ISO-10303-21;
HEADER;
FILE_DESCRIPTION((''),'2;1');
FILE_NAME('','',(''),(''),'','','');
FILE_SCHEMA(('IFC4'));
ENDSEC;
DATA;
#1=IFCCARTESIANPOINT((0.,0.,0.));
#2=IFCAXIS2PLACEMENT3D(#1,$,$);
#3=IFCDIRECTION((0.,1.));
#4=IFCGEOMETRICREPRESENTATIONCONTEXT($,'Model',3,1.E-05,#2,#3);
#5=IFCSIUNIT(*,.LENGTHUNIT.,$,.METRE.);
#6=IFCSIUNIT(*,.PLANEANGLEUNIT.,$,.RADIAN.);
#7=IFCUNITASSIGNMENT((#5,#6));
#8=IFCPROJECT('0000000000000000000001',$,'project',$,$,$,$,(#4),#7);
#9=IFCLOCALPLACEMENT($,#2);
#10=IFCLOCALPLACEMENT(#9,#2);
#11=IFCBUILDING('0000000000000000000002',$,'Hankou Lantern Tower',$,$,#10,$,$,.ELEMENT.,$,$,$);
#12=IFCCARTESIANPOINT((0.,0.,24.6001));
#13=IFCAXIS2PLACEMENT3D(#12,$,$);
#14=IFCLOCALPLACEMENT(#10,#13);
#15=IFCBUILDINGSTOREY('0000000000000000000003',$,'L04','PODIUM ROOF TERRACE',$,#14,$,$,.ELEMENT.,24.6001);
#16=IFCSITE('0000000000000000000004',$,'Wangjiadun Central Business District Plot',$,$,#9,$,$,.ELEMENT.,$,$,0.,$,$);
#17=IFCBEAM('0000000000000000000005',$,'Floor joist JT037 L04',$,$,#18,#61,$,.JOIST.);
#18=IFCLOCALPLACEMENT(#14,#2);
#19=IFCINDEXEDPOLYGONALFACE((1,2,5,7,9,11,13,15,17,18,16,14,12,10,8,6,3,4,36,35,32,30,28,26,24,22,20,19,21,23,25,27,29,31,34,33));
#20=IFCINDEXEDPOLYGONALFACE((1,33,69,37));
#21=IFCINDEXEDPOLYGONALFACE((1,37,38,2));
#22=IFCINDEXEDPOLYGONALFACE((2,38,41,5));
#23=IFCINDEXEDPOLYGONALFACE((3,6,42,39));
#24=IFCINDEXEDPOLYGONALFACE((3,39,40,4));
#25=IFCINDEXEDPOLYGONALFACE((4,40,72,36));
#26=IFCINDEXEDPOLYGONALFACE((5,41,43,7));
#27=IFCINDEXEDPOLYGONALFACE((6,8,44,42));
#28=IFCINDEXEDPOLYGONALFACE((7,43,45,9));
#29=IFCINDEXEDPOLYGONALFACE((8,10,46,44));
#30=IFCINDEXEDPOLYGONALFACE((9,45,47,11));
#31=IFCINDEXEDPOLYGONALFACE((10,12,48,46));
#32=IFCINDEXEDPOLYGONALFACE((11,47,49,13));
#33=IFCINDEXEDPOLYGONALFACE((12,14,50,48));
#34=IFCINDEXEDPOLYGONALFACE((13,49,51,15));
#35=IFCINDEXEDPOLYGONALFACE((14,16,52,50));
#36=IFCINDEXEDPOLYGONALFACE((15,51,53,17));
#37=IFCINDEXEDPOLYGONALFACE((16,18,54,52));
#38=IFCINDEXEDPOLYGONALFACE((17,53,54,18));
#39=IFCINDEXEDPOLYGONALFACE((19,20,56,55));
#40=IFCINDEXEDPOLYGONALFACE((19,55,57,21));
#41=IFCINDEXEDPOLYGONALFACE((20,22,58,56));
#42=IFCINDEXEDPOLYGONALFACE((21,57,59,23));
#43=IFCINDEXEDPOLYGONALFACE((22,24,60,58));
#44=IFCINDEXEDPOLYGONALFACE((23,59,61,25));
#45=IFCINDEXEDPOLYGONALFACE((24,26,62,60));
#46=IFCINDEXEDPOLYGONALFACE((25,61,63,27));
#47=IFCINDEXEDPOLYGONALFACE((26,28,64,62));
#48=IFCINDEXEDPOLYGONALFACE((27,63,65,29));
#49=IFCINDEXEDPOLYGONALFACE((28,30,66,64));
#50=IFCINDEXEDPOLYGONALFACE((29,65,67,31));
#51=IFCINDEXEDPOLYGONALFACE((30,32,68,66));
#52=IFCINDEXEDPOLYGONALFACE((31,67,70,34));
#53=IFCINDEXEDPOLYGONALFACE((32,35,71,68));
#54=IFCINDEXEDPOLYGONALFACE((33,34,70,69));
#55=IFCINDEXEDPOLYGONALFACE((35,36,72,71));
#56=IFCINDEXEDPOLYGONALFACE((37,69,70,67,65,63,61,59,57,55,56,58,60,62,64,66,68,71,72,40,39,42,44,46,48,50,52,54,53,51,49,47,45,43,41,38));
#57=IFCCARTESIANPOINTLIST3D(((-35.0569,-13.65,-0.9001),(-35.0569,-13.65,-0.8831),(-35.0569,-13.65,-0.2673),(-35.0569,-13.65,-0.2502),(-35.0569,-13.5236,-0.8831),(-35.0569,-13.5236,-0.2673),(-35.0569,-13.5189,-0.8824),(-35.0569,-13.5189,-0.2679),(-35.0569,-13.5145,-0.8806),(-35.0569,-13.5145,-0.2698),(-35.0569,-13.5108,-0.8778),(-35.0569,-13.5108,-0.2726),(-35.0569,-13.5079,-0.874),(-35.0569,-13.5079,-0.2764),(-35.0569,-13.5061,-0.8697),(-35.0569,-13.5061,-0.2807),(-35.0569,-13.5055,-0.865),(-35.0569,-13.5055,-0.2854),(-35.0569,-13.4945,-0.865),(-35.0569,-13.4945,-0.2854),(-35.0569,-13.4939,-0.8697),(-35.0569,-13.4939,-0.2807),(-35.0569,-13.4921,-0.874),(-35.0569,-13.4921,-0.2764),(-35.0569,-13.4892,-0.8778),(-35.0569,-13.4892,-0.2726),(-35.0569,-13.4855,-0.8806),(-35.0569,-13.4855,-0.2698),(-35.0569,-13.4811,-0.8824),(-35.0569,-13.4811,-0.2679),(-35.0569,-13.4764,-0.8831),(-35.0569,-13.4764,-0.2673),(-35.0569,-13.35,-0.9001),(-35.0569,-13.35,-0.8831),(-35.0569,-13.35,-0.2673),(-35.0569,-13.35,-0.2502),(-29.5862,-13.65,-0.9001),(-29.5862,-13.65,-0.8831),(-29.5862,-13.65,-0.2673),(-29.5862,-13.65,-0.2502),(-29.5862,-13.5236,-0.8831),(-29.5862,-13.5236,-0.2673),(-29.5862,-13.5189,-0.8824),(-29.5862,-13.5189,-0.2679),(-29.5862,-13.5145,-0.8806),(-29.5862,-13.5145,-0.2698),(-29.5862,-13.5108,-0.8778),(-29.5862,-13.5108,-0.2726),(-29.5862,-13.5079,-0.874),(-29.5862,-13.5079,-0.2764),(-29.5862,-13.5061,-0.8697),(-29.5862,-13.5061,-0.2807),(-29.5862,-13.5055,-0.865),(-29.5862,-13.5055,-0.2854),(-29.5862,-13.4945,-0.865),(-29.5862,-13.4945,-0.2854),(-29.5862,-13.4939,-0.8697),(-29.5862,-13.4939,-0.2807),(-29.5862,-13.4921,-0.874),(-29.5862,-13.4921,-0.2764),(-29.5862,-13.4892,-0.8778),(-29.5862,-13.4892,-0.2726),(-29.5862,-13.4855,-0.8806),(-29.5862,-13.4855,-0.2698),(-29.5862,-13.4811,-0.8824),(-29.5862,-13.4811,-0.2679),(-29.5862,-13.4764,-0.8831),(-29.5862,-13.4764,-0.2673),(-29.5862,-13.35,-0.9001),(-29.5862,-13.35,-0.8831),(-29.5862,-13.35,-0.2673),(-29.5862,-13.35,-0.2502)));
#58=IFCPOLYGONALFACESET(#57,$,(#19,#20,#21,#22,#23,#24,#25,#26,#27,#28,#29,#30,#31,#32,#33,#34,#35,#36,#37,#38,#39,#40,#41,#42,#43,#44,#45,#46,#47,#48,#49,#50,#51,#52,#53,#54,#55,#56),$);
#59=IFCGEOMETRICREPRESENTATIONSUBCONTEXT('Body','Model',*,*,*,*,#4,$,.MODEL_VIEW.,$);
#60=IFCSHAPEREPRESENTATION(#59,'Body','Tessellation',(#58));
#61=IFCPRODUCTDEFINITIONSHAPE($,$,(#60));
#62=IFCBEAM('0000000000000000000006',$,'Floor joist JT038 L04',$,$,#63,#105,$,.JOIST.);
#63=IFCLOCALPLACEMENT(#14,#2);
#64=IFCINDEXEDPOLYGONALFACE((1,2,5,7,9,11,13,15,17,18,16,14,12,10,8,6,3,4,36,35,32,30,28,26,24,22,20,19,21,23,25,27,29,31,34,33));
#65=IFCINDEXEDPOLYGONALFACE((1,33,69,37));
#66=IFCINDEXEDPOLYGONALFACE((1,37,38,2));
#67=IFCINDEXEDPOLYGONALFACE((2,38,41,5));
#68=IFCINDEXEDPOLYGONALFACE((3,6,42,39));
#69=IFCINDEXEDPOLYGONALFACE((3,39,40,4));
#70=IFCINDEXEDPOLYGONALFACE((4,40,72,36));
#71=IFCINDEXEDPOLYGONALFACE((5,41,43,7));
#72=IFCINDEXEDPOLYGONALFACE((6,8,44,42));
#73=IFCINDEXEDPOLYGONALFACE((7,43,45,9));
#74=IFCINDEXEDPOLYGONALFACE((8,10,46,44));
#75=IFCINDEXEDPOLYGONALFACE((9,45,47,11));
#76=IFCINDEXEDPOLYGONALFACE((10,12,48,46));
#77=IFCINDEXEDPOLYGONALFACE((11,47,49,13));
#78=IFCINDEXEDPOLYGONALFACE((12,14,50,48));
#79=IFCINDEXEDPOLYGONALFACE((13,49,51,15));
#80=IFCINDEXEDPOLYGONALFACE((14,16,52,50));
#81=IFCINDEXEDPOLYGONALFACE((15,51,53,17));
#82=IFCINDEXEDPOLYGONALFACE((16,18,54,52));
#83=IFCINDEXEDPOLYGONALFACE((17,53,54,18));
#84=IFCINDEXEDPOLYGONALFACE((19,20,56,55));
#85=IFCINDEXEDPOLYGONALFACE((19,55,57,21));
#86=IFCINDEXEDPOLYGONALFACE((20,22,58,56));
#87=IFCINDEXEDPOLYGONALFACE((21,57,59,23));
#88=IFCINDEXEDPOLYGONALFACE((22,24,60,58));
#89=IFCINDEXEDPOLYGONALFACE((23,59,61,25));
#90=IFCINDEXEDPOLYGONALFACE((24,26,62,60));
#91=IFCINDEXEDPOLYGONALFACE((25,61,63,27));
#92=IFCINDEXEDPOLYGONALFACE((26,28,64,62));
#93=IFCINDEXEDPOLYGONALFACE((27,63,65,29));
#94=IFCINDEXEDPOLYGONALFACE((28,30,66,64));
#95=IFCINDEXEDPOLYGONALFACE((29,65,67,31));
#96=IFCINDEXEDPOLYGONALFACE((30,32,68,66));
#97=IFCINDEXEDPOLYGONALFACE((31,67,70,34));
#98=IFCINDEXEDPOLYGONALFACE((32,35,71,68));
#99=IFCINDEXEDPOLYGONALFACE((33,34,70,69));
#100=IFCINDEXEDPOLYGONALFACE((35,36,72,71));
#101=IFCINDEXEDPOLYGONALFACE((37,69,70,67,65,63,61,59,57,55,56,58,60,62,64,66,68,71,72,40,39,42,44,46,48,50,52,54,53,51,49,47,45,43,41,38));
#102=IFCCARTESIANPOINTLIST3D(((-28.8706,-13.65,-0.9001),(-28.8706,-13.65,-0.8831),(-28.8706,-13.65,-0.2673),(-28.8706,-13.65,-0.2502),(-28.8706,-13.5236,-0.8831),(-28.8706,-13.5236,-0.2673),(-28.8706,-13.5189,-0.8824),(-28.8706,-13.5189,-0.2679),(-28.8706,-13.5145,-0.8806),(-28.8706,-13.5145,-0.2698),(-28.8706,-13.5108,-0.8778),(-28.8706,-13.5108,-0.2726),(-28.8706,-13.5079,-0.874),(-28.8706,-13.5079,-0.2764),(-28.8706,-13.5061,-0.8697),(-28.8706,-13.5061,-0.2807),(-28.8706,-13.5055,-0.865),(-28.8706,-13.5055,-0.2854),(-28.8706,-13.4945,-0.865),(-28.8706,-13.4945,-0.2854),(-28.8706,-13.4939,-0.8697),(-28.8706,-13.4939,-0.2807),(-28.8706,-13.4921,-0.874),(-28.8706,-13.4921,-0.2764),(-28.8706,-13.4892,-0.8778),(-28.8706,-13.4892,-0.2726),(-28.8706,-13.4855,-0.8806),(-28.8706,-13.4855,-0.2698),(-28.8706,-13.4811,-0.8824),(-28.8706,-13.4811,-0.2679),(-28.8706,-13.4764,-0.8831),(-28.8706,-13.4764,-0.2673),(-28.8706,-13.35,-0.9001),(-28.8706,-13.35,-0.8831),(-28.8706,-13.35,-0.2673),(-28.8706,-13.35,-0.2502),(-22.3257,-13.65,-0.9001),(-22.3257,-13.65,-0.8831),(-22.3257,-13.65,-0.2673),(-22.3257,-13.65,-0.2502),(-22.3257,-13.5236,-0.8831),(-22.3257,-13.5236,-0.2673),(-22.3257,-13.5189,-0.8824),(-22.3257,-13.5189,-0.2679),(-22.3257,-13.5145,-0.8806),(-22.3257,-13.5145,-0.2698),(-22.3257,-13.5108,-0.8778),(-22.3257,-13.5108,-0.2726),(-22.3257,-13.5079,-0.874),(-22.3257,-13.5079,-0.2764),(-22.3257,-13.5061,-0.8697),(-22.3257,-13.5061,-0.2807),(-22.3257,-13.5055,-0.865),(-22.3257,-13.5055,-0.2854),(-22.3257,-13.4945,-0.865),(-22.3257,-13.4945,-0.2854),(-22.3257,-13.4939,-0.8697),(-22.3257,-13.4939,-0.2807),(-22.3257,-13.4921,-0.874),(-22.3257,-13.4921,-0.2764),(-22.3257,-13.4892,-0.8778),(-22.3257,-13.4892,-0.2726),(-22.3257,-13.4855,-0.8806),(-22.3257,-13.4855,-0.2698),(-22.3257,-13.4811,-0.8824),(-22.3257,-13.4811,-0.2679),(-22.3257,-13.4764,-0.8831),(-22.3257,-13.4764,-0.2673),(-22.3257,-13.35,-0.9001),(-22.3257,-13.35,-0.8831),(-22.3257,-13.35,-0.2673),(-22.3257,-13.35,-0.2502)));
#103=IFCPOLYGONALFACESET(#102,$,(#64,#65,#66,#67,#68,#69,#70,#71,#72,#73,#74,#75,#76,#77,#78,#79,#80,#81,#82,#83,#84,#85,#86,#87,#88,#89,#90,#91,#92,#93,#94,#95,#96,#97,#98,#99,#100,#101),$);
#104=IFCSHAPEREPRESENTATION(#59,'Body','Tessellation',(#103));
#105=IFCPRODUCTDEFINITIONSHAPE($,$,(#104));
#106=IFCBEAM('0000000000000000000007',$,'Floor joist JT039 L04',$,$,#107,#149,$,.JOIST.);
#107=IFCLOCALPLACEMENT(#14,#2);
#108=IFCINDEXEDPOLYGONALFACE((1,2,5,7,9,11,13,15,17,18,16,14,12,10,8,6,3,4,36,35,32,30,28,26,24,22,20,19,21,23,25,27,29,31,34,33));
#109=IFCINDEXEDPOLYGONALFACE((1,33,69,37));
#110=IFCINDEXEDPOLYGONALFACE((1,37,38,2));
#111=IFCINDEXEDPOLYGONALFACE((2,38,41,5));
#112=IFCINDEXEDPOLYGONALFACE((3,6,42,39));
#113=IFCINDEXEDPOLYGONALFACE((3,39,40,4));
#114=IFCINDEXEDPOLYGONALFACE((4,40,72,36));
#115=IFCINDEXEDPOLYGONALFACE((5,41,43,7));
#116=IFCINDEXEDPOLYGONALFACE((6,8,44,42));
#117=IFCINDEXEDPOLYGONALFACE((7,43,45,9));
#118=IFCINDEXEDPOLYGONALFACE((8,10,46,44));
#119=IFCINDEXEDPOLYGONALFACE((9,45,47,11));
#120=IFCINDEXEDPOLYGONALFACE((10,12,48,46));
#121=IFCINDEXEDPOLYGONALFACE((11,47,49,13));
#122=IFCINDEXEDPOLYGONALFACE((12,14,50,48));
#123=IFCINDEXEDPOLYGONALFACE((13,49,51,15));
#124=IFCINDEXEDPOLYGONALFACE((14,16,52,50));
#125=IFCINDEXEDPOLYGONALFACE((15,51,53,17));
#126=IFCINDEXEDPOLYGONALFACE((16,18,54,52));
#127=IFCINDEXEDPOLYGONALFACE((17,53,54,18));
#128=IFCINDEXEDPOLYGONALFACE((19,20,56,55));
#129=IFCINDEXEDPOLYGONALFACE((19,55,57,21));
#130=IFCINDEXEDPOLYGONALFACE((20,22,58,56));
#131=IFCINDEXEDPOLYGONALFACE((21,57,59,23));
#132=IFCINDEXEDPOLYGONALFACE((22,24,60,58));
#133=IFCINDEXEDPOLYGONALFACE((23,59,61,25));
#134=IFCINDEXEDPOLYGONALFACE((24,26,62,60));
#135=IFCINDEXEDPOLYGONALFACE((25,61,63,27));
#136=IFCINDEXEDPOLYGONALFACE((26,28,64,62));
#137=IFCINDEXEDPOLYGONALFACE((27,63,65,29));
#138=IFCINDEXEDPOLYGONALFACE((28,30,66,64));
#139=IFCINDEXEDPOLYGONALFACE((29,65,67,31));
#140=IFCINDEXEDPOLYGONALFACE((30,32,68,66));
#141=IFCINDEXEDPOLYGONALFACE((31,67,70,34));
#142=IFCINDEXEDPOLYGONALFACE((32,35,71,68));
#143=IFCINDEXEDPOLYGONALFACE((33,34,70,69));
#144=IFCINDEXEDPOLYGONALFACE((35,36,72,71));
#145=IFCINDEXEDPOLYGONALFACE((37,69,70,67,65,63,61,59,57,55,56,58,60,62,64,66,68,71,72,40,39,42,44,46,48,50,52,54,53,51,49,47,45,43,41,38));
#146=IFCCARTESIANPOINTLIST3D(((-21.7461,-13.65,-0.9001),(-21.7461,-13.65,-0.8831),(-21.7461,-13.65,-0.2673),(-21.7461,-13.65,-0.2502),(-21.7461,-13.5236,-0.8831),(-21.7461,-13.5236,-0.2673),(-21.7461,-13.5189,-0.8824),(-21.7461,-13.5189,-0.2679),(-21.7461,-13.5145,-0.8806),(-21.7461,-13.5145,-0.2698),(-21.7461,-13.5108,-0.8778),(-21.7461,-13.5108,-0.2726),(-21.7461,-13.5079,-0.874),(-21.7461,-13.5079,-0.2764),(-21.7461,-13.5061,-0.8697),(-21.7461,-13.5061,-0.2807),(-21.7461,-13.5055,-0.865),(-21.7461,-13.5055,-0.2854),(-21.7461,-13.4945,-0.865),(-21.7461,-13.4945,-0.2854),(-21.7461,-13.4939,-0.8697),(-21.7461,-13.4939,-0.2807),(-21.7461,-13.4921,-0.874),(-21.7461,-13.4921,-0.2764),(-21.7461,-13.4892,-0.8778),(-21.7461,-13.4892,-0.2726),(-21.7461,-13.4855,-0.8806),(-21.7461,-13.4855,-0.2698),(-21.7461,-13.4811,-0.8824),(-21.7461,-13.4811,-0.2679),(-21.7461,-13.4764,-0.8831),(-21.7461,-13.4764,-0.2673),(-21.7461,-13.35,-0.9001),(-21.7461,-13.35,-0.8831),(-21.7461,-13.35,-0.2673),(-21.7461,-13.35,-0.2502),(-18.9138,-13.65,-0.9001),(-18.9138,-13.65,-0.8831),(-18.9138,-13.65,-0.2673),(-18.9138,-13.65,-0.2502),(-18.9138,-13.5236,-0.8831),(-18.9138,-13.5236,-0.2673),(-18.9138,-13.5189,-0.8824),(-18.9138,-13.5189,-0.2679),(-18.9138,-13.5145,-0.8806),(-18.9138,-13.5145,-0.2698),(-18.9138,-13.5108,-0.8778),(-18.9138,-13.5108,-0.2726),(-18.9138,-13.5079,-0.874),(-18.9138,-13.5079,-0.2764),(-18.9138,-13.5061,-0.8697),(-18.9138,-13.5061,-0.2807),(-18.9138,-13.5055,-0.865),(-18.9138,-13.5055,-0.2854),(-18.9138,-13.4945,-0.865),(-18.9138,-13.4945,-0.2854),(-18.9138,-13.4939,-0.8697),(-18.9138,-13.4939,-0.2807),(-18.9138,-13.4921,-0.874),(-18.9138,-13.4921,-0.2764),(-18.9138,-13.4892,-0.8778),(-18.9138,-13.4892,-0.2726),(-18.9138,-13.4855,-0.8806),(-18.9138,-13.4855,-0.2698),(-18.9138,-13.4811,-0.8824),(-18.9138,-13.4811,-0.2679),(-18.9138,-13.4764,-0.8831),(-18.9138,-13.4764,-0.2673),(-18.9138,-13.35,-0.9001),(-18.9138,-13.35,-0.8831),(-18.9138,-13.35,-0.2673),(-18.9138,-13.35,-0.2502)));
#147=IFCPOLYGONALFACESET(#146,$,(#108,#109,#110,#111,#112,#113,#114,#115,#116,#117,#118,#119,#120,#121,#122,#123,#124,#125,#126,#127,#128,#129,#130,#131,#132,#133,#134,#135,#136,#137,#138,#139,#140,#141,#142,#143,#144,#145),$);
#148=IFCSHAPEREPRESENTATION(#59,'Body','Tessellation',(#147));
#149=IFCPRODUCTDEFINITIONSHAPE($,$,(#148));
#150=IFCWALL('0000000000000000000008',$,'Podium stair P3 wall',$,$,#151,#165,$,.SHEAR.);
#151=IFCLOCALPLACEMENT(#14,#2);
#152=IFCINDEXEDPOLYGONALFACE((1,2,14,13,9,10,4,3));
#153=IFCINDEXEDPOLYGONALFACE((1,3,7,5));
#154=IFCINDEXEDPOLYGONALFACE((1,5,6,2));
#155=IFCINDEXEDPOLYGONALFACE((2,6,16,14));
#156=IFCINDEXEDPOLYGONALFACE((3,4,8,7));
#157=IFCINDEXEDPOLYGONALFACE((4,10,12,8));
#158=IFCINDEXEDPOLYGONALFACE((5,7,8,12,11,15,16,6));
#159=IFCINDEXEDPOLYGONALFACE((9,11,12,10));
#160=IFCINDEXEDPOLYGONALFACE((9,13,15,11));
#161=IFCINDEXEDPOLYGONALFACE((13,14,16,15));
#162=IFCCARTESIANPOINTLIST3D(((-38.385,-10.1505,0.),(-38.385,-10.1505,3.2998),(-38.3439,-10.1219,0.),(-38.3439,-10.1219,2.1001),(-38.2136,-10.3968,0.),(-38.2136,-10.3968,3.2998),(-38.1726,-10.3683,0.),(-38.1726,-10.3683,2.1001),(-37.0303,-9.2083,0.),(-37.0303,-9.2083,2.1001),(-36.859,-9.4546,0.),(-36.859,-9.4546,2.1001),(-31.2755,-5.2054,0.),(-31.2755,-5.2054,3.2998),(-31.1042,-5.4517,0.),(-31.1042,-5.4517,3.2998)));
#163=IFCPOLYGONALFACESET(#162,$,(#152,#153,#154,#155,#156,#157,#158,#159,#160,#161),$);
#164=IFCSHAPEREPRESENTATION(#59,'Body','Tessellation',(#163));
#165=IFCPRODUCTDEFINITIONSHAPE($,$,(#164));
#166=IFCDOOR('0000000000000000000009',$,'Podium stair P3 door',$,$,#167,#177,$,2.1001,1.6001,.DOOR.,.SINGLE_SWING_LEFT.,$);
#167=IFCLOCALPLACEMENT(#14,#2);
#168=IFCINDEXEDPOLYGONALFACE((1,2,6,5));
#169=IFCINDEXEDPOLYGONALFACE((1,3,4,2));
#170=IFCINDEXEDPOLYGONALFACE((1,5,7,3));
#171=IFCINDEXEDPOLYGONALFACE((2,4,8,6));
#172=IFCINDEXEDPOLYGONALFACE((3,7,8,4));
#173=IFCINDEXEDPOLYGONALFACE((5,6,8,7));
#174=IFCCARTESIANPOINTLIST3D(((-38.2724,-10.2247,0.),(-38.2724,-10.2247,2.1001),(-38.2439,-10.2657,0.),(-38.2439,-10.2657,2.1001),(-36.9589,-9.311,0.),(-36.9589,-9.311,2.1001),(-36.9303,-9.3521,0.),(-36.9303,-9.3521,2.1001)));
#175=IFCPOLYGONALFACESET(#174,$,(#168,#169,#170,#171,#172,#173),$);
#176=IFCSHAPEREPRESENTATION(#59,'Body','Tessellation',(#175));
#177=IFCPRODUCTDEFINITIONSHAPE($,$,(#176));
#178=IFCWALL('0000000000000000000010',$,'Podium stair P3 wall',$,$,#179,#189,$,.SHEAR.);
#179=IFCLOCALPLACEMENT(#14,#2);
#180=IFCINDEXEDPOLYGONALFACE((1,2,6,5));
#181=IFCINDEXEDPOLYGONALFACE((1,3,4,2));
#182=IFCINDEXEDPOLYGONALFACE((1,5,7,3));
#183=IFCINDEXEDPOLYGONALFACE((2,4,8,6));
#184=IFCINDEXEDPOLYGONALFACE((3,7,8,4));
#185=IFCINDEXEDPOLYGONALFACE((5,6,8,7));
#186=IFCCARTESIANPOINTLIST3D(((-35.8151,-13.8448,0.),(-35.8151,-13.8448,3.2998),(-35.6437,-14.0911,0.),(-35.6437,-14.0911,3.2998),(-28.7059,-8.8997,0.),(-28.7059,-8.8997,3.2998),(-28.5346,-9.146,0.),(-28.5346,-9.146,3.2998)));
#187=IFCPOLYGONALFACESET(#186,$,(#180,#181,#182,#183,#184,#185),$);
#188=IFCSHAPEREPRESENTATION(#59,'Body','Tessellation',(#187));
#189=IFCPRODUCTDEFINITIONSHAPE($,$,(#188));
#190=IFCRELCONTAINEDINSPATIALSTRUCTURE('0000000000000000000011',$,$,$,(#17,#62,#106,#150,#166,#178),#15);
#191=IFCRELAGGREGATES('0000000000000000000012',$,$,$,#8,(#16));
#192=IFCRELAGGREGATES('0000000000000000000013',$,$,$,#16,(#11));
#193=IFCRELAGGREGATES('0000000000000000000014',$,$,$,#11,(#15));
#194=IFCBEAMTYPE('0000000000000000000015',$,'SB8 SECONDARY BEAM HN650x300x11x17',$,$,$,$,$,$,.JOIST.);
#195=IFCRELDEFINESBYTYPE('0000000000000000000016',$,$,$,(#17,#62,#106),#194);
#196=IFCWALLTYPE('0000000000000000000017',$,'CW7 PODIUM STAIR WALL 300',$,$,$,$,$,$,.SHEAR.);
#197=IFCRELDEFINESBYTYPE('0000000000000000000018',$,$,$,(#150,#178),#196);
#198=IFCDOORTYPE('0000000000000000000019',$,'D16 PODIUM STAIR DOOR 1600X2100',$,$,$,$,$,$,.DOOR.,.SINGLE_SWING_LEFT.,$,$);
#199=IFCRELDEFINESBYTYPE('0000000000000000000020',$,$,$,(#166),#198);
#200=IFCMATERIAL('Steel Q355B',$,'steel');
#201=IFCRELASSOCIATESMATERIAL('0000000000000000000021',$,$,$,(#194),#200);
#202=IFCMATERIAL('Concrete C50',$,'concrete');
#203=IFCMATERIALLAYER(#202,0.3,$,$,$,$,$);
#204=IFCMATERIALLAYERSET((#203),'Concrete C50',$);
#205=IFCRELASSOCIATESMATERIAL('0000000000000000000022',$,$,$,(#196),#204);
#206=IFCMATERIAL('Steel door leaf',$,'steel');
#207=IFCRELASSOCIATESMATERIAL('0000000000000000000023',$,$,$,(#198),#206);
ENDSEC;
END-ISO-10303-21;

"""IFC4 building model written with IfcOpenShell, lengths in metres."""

from ifc_helpers import new_model, si_unit, direction, frame, frame_2d, origin, origin_2d, place, context, subcontext, project, spatial, rectangle, i_section, extrude, material, layer, layer_set, material_profile, profile_set, type_object, element, fill, save


model = new_model("IFC4")

# Units and contexts
model_context = context("Model", 3, precision=1e-05, world=origin(), true_north=direction((0.0, 1.0)))
body_context = subcontext(model_context, "Body", "Model", "MODEL_VIEW")
ifc_project = project(units=[si_unit("LENGTHUNIT", "METRE"), si_unit("PLANEANGLEUNIT", "RADIAN")], contexts=[model_context])

# Site, building, storey
site_placement = place(None, origin())
site = spatial("IfcSite", under=ifc_project, at=site_placement, Name="Wangjiadun Central Business District Plot", CompositionType="ELEMENT", RefElevation=0.0)
building_placement = place(site_placement, origin())
building = spatial("IfcBuilding", under=site, at=building_placement, Name="Hankou Lantern Tower", CompositionType="ELEMENT")
storey_placement = place(building_placement, frame((0.0, 0.0, 24.6001)))
storey = spatial("IfcBuildingStorey", under=building, at=storey_placement, Name="L04", Description="PODIUM ROOF TERRACE", CompositionType="ELEMENT", Elevation=24.6001)

# Beams
ifc_material_1 = material(Name="Steel Q355B", Category="steel")
ifc_material_profile_1 = material_profile(ifc_material_1, i_section(OverallWidth=0.3, OverallDepth=0.6499, WebThickness=0.011, FlangeThickness=0.0171, FilletRadius=0.0181, at=origin_2d()), Name="HN650x300x11x17")
ifc_profile_set_1 = profile_set([ifc_material_profile_1], Name="Steel Q355B")
beam_type_1 = type_object("IfcBeamType", Name="SB8 SECONDARY BEAM HN650x300x11x17", PredefinedType="JOIST", material=ifc_profile_set_1)
beam_1_placement = place(storey_placement, frame((-35.0569, -13.5, -0.5752), z_axis=(1.0, 0.0, 0.0), x_axis=(0.0, 1.0, 0.0)))
element("IfcBeam", 1, at=beam_1_placement, inside=storey, type_object=beam_type_1, Name="Floor joist JT037 L04", PredefinedType="JOIST", context=body_context, shape_type="SweptSolid", body=[
    extrude(i_section(OverallWidth=0.3, OverallDepth=0.6499, WebThickness=0.011, FlangeThickness=0.0171, FilletRadius=0.0181, at=origin_2d()), origin(), (0.0, 0.0, 1.0), 5.4707),
])
beam_2_placement = place(storey_placement, frame((-28.8706, -13.5, -0.5752), z_axis=(1.0, 0.0, 0.0), x_axis=(0.0, 1.0, 0.0)))
element("IfcBeam", 2, at=beam_2_placement, inside=storey, type_object=beam_type_1, Name="Floor joist JT038 L04", PredefinedType="JOIST", context=body_context, shape_type="SweptSolid", body=[
    extrude(i_section(OverallWidth=0.3, OverallDepth=0.6499, WebThickness=0.011, FlangeThickness=0.0171, FilletRadius=0.0181, at=origin_2d()), origin(), (0.0, 0.0, 1.0), 6.5449),
])
beam_3_placement = place(storey_placement, frame((-21.7461, -13.5, -0.5752), z_axis=(1.0, 0.0, 0.0), x_axis=(0.0, 1.0, 0.0)))
element("IfcBeam", 3, at=beam_3_placement, inside=storey, type_object=beam_type_1, Name="Floor joist JT039 L04", PredefinedType="JOIST", context=body_context, shape_type="SweptSolid", body=[
    extrude(i_section(OverallWidth=0.3, OverallDepth=0.6499, WebThickness=0.011, FlangeThickness=0.0171, FilletRadius=0.0181, at=origin_2d()), origin(), (0.0, 0.0, 1.0), 2.8323),
])

# Wall, opening, door
ifc_material_2 = material(Name="Concrete C50", Category="concrete")
ifc_layer_1 = layer(ifc_material_2, 0.3)
ifc_layer_set_1 = layer_set([ifc_layer_1], Name="Concrete C50")
wall_type_1 = type_object("IfcWallType", Name="CW7 PODIUM STAIR WALL 300", PredefinedType="SHEAR", material=ifc_layer_set_1)
wall_1_placement = place(storey_placement, frame((-38.2993, -10.2737, 0.0), z_axis=(0.0, 0.0, 1.0), x_axis=(0.820937, 0.571019, 0.0)))
wall_1 = element("IfcWall", 4, at=wall_1_placement, inside=storey, type_object=wall_type_1, Name="Podium stair P3 wall", PredefinedType="SHEAR", context=body_context, shape_type="SweptSolid", body=[
    extrude(rectangle(XDim=8.6602, YDim=0.3, at=frame_2d((4.3301, 0.0))), origin(), (0.0, 0.0, 1.0), 3.2998),
])
opening_1_placement = place(wall_1_placement, frame((0.05, 0.0, 0.0)))
opening_1 = element("IfcOpeningElement", 5, at=opening_1_placement, cuts=wall_1, PredefinedType="OPENING", context=body_context, shape_type="SweptSolid", body=[
    extrude(rectangle(XDim=1.6001, YDim=2.1001, at=frame_2d((0.8, 1.05))), frame((0.0, 0.1599, 0.0), z_axis=(0.0, -1.0, 0.0), x_axis=(1.0, 0.0, 0.0)), (0.0, 0.0, 1.0), 0.3201),
])
ifc_material_3 = material(Name="Steel door leaf", Category="steel")
door_type = type_object("IfcDoorType", Name="D16 PODIUM STAIR DOOR 1600X2100", OperationType="SINGLE_SWING_LEFT", PredefinedType="DOOR", material=ifc_material_3)
door_placement = place(opening_1_placement, origin())
door = element("IfcDoor", 6, at=door_placement, inside=storey, type_object=door_type, Name="Podium stair P3 door", OperationType="SINGLE_SWING_LEFT", OverallHeight=2.1001, OverallWidth=1.6001, PredefinedType="DOOR", context=body_context, shape_type="SweptSolid", body=[
    extrude(rectangle(XDim=1.6001, YDim=2.1001, at=frame_2d((0.8, 1.05))), frame((0.0, 0.0249, 0.0), z_axis=(0.0, -1.0, 0.0), x_axis=(1.0, 0.0, 0.0)), (0.0, 0.0, 1.0), 0.05),
])
fill(opening_1, door)

# Wall
wall_2_placement = place(storey_placement, frame((-35.7295, -13.968, 0.0), z_axis=(0.0, 0.0, 1.0), x_axis=(0.820928, 0.571032, 0.0)))
element("IfcWall", 7, at=wall_2_placement, inside=storey, type_object=wall_type_1, Name="Podium stair P3 wall", PredefinedType="SHEAR", context=body_context, shape_type="SweptSolid", body=[
    extrude(rectangle(XDim=8.6599, YDim=0.3, at=frame_2d((4.3301, 0.0))), origin(), (0.0, 0.0, 1.0), 3.2998),
])

save(model, "model.ifc")
